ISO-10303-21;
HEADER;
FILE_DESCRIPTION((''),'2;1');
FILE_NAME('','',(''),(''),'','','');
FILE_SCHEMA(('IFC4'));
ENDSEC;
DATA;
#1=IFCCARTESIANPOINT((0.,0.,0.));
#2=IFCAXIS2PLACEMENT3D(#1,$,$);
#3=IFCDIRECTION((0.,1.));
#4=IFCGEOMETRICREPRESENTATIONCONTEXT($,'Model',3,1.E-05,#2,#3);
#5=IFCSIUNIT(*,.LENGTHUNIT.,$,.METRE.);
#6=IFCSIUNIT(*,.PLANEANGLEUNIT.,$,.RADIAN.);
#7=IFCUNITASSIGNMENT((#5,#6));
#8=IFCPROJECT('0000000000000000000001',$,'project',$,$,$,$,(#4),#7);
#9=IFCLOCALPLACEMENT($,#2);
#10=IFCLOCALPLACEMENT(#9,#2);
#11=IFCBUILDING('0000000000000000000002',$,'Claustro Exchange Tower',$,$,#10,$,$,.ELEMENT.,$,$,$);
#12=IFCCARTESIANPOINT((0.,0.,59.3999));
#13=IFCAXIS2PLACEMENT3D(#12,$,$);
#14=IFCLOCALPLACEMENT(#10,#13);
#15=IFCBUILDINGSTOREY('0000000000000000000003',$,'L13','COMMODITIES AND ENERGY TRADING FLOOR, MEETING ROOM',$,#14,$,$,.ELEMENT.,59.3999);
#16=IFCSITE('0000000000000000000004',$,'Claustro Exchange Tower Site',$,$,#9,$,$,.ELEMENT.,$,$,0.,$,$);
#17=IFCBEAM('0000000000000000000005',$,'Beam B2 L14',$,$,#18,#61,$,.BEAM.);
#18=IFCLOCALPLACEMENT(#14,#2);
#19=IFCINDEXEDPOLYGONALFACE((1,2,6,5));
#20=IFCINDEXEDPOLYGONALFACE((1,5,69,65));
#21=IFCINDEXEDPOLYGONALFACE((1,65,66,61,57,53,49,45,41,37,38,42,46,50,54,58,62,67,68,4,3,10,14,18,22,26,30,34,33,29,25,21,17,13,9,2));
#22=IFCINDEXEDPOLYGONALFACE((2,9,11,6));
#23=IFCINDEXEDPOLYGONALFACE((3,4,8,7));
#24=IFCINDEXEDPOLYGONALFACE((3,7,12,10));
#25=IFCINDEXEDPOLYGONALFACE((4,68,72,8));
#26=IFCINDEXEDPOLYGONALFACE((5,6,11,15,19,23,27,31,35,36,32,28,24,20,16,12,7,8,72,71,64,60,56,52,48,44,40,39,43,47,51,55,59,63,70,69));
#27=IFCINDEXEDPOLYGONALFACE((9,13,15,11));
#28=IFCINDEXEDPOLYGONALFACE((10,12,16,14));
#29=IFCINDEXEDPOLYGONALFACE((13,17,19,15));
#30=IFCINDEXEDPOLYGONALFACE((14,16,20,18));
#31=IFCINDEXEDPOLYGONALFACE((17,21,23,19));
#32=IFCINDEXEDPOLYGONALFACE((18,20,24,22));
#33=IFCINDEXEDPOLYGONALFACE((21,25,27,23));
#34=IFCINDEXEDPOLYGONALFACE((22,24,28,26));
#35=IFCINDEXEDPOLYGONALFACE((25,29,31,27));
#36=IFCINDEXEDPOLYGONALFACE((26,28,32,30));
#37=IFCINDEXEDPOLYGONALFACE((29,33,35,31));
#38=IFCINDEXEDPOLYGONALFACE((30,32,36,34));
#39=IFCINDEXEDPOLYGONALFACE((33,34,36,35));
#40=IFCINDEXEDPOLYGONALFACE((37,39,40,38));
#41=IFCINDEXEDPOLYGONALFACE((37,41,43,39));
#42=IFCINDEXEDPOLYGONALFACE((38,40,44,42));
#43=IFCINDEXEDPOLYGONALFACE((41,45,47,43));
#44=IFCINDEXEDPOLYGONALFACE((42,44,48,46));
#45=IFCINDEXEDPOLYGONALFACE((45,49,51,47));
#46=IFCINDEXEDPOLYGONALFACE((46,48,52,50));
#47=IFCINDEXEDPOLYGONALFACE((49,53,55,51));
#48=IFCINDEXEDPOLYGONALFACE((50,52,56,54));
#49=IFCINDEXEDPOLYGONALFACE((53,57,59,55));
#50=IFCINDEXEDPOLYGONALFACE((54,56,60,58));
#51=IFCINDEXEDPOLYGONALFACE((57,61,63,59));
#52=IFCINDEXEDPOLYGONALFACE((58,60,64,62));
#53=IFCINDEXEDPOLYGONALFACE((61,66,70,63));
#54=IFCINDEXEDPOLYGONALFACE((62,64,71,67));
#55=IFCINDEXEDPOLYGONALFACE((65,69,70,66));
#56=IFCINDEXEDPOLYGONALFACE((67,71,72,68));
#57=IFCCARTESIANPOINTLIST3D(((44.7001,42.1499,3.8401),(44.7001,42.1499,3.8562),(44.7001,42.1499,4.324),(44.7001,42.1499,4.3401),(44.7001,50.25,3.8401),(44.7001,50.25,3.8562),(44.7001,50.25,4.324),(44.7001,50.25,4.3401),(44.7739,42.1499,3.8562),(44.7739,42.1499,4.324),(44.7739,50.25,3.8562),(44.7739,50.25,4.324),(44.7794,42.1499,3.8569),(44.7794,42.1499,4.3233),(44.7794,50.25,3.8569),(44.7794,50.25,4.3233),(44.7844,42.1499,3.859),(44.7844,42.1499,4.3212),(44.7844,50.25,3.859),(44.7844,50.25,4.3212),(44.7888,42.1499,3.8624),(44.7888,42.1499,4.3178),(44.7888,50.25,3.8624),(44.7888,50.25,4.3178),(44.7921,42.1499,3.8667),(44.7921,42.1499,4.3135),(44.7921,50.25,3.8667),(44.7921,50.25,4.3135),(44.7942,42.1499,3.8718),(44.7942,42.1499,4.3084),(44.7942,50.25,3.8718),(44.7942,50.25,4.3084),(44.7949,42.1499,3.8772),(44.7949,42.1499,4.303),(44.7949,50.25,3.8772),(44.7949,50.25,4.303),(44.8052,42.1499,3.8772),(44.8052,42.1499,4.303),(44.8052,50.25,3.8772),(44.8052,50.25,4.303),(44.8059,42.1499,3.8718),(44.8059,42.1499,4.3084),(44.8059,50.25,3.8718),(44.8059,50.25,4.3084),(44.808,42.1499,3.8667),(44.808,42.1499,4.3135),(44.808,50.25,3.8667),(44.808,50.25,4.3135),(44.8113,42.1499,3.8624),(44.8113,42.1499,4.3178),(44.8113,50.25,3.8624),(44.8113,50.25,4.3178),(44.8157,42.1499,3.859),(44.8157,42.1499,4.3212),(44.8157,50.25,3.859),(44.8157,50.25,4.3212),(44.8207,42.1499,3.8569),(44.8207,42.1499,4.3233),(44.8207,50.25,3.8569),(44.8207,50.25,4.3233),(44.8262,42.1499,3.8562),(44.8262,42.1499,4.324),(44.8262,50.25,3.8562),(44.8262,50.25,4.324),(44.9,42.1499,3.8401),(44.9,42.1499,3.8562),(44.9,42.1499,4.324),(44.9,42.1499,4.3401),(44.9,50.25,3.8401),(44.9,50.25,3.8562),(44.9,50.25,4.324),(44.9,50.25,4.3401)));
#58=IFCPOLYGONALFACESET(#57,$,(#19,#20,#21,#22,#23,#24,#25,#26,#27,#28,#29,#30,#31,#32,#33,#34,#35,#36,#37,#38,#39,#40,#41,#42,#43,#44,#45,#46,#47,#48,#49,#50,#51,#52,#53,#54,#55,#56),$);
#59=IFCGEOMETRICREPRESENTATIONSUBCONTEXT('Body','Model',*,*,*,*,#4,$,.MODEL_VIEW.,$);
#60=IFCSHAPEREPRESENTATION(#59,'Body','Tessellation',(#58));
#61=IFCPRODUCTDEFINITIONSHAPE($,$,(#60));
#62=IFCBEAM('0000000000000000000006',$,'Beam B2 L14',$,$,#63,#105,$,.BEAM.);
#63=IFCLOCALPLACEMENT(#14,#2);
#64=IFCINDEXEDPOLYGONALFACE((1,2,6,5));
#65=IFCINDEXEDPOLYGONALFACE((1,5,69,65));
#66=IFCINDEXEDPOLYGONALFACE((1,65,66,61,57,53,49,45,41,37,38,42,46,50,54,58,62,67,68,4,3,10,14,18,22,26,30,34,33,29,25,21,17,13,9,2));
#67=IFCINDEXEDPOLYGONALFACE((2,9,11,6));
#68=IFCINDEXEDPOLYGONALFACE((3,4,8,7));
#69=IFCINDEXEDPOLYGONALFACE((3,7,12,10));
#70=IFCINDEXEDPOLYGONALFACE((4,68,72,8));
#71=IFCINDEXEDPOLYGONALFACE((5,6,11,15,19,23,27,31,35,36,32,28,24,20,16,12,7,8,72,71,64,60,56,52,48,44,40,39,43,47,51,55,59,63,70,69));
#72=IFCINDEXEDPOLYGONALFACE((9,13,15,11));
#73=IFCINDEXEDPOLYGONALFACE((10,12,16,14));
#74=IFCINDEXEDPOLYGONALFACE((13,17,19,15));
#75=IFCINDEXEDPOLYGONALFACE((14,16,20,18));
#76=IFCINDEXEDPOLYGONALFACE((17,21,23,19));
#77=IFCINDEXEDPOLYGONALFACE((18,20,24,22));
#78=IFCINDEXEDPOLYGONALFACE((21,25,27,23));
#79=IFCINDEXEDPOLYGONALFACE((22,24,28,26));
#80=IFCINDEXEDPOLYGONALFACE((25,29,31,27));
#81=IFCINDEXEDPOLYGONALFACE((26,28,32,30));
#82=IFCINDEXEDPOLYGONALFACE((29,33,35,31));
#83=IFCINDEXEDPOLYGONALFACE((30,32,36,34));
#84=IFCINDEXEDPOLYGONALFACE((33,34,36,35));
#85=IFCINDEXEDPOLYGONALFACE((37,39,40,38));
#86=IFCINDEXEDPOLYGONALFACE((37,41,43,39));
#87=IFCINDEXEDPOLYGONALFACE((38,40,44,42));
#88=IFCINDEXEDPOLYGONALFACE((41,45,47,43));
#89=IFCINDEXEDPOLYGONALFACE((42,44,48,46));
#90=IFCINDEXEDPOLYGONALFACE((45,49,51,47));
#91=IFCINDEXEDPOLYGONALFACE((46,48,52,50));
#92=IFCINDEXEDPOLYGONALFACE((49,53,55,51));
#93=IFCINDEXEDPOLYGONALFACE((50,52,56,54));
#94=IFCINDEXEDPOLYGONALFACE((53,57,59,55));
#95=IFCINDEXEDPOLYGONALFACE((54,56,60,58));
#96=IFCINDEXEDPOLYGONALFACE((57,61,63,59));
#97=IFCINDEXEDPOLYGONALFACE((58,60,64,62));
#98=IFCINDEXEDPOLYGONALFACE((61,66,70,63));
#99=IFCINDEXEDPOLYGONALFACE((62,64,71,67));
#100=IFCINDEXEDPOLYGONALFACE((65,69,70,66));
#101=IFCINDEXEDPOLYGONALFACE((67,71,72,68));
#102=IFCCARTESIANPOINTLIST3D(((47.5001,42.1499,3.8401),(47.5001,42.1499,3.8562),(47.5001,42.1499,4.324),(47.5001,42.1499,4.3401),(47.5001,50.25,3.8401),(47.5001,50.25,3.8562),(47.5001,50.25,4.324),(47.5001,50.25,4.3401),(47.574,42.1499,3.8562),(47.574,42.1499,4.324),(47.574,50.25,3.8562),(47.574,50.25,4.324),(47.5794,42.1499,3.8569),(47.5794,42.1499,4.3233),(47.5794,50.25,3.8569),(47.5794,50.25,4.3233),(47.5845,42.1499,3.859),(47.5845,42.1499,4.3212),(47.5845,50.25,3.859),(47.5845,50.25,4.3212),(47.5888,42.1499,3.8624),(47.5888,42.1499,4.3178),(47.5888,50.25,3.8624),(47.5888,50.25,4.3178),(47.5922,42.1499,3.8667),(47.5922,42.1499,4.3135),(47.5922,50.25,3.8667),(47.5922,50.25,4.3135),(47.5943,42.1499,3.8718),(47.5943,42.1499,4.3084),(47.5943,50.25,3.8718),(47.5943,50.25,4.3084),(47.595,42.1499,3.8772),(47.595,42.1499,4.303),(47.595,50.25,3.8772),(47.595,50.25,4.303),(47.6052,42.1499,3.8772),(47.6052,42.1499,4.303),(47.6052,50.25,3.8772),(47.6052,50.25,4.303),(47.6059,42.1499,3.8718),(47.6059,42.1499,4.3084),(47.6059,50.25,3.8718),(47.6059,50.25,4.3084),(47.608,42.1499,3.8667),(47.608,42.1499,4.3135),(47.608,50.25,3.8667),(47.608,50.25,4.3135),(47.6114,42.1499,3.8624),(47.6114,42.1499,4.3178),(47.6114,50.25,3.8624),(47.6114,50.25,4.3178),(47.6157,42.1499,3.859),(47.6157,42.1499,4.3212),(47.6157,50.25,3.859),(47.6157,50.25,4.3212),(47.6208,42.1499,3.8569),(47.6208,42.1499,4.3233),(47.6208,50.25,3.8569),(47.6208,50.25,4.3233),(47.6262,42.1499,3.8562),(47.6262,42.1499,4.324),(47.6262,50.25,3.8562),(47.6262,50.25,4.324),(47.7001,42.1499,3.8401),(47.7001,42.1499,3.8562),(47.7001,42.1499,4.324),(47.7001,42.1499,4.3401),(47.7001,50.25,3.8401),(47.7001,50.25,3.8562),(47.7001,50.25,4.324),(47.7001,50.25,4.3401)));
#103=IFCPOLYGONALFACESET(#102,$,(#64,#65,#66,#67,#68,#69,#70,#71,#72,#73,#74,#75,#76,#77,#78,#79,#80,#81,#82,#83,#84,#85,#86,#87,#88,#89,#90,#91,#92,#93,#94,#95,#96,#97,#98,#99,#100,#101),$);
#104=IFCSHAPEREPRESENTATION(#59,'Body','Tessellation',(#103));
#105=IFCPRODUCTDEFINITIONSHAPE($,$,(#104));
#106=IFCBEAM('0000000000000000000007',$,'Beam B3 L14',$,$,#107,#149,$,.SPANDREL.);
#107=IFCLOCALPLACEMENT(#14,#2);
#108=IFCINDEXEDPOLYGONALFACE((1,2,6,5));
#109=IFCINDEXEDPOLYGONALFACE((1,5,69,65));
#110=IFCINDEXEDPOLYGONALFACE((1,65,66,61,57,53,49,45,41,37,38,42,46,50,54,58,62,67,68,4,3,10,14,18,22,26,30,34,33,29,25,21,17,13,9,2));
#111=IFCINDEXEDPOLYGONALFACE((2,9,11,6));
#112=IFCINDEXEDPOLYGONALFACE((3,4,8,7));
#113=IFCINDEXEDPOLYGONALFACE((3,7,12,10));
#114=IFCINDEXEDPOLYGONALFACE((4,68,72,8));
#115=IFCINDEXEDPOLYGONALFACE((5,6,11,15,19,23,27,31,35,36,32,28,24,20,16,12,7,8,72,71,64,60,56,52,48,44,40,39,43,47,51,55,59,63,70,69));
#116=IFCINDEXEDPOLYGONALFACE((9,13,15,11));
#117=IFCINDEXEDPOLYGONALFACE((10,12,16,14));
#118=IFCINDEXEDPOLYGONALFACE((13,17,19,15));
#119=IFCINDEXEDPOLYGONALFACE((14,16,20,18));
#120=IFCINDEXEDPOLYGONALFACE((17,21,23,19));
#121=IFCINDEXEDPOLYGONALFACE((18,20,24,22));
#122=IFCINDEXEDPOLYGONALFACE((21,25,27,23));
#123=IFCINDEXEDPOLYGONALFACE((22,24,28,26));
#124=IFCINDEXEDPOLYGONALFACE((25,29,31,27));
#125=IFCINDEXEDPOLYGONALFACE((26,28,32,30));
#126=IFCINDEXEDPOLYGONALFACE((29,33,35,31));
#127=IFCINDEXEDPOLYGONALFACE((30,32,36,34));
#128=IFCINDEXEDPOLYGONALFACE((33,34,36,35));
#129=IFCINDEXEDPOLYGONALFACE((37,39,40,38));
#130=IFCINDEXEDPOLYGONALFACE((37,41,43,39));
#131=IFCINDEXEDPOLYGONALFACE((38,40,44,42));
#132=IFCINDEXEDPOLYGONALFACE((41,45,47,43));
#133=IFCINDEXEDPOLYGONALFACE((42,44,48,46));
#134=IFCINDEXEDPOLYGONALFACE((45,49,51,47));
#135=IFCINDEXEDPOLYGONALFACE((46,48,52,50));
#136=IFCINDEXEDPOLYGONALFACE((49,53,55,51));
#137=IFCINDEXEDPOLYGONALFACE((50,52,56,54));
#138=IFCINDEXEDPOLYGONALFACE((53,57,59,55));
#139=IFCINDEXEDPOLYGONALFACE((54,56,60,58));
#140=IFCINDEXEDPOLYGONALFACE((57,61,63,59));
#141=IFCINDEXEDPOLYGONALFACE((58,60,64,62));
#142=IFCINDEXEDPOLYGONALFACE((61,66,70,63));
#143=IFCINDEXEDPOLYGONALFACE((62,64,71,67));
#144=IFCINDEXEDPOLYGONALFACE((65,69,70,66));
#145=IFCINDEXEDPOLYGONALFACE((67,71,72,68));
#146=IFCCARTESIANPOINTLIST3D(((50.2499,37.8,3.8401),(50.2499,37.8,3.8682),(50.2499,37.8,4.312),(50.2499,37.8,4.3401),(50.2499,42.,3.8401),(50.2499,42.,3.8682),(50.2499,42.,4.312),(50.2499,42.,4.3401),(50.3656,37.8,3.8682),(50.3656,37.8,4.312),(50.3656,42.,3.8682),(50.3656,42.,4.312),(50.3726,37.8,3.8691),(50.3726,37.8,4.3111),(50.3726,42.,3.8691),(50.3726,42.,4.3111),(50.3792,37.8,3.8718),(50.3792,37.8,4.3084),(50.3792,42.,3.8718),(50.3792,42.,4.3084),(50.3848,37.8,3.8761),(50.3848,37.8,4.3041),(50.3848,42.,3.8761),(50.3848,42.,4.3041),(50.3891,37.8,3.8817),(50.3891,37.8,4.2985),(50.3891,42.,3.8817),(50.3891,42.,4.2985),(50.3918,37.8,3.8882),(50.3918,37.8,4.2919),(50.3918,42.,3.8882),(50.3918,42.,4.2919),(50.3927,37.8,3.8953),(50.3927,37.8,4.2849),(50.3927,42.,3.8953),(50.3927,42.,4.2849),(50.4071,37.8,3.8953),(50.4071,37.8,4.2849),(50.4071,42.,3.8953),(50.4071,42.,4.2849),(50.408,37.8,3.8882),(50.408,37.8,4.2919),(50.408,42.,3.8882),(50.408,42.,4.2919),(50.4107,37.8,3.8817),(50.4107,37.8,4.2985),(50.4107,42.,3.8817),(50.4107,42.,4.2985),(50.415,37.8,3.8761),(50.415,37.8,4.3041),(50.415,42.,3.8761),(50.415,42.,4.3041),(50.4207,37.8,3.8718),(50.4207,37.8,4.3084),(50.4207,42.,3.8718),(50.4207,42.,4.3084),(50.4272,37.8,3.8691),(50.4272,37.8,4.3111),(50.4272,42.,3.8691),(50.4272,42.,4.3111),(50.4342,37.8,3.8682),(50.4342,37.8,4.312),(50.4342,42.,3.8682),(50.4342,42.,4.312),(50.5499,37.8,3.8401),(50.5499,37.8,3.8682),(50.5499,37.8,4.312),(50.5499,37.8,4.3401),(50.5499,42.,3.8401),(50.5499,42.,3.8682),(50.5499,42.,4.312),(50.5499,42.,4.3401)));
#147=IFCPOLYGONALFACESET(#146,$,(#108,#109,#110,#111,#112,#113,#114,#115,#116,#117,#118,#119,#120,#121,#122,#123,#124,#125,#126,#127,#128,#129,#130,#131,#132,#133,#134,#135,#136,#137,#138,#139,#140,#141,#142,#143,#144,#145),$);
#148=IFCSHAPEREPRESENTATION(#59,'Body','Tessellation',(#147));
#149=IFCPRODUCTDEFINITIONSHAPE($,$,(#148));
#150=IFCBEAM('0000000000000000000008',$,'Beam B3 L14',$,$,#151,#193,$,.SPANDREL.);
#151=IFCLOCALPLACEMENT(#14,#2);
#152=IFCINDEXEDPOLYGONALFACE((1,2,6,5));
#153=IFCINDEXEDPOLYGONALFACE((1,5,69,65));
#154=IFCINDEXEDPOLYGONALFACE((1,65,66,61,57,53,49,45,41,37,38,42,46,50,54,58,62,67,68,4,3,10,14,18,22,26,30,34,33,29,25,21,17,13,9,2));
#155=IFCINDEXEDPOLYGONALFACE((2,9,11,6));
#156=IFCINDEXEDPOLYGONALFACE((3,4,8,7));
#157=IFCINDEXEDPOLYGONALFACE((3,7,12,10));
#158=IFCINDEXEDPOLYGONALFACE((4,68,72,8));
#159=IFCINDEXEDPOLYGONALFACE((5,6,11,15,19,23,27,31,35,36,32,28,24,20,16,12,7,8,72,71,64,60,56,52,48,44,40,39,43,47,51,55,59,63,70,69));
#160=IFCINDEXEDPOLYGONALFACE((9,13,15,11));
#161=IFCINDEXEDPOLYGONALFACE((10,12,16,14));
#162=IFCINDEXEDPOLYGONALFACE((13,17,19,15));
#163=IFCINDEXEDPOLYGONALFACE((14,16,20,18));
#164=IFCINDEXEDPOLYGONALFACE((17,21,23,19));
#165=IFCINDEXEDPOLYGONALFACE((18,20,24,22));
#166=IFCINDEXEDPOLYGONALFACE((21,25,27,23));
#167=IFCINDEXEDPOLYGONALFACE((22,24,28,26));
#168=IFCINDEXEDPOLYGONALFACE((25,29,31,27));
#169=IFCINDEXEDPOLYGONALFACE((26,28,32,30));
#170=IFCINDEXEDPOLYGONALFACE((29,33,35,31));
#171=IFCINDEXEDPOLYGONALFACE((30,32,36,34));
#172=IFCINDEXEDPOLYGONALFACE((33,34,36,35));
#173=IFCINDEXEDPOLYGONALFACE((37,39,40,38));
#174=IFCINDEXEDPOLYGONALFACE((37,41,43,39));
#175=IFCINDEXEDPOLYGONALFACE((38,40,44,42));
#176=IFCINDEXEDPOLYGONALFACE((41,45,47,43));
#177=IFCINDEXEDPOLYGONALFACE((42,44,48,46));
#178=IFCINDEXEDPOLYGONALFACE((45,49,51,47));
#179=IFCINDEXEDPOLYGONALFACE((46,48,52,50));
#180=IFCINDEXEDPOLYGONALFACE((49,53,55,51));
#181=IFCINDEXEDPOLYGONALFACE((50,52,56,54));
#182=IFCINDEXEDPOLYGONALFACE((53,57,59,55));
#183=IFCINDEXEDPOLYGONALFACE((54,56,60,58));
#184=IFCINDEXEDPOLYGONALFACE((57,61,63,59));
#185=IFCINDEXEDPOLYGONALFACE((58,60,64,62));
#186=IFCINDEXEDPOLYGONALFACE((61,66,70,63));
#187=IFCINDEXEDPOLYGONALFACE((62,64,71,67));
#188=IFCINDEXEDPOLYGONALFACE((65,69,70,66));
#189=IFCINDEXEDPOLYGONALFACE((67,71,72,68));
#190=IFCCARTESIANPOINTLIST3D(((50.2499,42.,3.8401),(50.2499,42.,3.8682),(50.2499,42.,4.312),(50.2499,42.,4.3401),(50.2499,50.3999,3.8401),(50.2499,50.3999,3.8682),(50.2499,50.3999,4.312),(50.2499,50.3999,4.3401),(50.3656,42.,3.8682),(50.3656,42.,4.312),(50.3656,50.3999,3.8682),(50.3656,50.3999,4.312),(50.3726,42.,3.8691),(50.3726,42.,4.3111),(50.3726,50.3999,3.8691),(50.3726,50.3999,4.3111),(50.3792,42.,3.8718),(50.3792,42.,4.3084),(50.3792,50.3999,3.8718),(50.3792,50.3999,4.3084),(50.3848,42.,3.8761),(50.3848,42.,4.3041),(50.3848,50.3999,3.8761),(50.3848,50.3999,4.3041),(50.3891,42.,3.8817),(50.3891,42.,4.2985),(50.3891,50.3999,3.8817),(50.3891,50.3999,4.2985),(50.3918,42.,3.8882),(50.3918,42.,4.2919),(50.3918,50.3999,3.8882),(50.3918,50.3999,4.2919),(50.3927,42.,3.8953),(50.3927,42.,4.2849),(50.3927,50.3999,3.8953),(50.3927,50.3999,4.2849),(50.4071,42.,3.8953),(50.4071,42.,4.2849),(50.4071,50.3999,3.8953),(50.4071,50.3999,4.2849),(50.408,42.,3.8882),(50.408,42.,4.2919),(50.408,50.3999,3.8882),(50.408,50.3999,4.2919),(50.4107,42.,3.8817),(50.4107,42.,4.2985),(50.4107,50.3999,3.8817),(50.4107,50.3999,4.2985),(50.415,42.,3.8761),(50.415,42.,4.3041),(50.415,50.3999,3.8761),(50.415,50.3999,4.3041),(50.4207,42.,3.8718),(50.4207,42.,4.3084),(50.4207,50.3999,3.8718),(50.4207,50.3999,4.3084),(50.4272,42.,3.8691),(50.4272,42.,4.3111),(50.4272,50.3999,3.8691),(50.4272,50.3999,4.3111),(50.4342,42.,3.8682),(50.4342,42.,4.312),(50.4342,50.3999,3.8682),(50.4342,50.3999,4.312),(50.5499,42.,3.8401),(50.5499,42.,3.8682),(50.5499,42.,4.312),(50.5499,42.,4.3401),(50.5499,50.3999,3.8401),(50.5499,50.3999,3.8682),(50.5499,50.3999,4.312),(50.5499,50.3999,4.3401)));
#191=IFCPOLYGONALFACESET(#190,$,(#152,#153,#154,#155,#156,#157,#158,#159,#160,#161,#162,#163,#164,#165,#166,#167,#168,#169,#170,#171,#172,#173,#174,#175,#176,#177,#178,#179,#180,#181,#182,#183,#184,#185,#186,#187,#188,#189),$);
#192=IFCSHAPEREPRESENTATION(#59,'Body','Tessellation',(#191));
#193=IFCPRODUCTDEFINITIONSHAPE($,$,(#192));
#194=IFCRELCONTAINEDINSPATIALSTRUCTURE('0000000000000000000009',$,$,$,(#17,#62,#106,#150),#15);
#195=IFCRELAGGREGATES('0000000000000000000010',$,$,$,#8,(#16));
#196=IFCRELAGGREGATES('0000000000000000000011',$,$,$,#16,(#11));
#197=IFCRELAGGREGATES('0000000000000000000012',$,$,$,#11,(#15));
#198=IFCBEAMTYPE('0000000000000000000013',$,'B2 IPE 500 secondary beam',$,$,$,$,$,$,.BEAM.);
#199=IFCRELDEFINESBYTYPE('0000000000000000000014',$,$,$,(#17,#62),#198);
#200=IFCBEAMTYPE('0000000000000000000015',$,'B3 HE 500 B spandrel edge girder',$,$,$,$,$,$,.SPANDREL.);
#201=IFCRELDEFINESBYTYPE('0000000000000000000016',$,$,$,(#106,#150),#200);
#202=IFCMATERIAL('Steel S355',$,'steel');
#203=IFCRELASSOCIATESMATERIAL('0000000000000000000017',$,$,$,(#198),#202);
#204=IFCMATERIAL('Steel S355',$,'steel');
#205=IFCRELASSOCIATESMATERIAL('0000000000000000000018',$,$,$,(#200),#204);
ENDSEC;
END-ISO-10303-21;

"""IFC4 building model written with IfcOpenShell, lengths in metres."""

from ifc_helpers import new_model, si_unit, direction, frame, origin, origin_2d, place, context, subcontext, project, spatial, i_section, extrude, material, material_profile, profile_set, type_object, element, save


model = new_model("IFC4")

# Units and contexts
model_context = context("Model", 3, precision=1e-05, world=origin(), true_north=direction((0.0, 1.0)))
body_context = subcontext(model_context, "Body", "Model", "MODEL_VIEW")
ifc_project = project(units=[si_unit("LENGTHUNIT", "METRE"), si_unit("PLANEANGLEUNIT", "RADIAN")], contexts=[model_context])

# Site, building, storey
site_placement = place(None, origin())
site = spatial("IfcSite", under=ifc_project, at=site_placement, Name="Claustro Exchange Tower Site", CompositionType="ELEMENT", RefElevation=0.0)
building_placement = place(site_placement, origin())
building = spatial("IfcBuilding", under=site, at=building_placement, Name="Claustro Exchange Tower", CompositionType="ELEMENT")
storey_placement = place(building_placement, frame((0.0, 0.0, 59.3999)))
storey = spatial("IfcBuildingStorey", under=building, at=storey_placement, Name="L13", Description="COMMODITIES AND ENERGY TRADING FLOOR, MEETING ROOM", CompositionType="ELEMENT", Elevation=59.3999)

# Beams
ifc_material_1 = material(Name="Steel S355", Category="steel")
ifc_material_profile_1 = material_profile(ifc_material_1, i_section(OverallWidth=0.2, OverallDepth=0.5, WebThickness=0.0103, FlangeThickness=0.0161, FilletRadius=0.021, at=origin_2d()), Name="IPE 500")
ifc_profile_set_1 = profile_set([ifc_material_profile_1], Name="Steel S355")
beam_type_1 = type_object("IfcBeamType", Name="B2 IPE 500 secondary beam", PredefinedType="BEAM", material=ifc_profile_set_1)
for number, where, z_axis, x_axis, name in (
    (1, (44.8, 42.1499, 4.0901), (0.0, 1.0, 0.0), (-1.0, 0.0, 0.0), "Beam B2 L14"),
    (2, (47.6001, 42.1499, 4.0901), (0.0, 1.0, 0.0), (-1.0, 0.0, 0.0), "Beam B2 L14"),
):
    element("IfcBeam", number, at=place(storey_placement, frame(where, z_axis=z_axis, x_axis=x_axis)), inside=storey, type_object=beam_type_1, Name=name, PredefinedType="BEAM", context=body_context, shape_type="SweptSolid", body=[
        extrude(i_section(OverallWidth=0.2, OverallDepth=0.5, WebThickness=0.0103, FlangeThickness=0.0161, FilletRadius=0.021, at=origin_2d()), origin(), (0.0, 0.0, 1.0), 8.1001),
    ])
ifc_material_2 = material(Name="Steel S355", Category="steel")
ifc_material_profile_2 = material_profile(ifc_material_2, i_section(OverallWidth=0.3, OverallDepth=0.5, WebThickness=0.0144, FlangeThickness=0.0281, FilletRadius=0.0271, at=origin_2d()), Name="HE 500 B")
ifc_profile_set_2 = profile_set([ifc_material_profile_2], Name="Steel S355")
beam_type_2 = type_object("IfcBeamType", Name="B3 HE 500 B spandrel edge girder", PredefinedType="SPANDREL", material=ifc_profile_set_2)
beam_placement = place(storey_placement, frame((50.3999, 37.8, 4.0901), z_axis=(0.0, 1.0, 0.0), x_axis=(-1.0, 0.0, 0.0)))
element("IfcBeam", 3, at=beam_placement, inside=storey, type_object=beam_type_2, Name="Beam B3 L14", PredefinedType="SPANDREL", context=body_context, shape_type="SweptSolid", body=[
    extrude(i_section(OverallWidth=0.3, OverallDepth=0.5, WebThickness=0.0144, FlangeThickness=0.0281, FilletRadius=0.0271, at=origin_2d()), origin(), (0.0, 0.0, 1.0), 4.2),
])
for number, where, z_axis, x_axis, name in (
    (4, (50.3999, 42.0, 4.0901), (0.0, 1.0, 0.0), (-1.0, 0.0, 0.0), "Beam B3 L14"),
):
    element("IfcBeam", number, at=place(storey_placement, frame(where, z_axis=z_axis, x_axis=x_axis)), inside=storey, type_object=beam_type_2, Name=name, PredefinedType="SPANDREL", context=body_context, shape_type="SweptSolid", body=[
        extrude(i_section(OverallWidth=0.3, OverallDepth=0.5, WebThickness=0.0144, FlangeThickness=0.0281, FilletRadius=0.0271, at=origin_2d()), origin(), (0.0, 0.0, 1.0), 8.3999),
    ])

save(model, "model.ifc")
